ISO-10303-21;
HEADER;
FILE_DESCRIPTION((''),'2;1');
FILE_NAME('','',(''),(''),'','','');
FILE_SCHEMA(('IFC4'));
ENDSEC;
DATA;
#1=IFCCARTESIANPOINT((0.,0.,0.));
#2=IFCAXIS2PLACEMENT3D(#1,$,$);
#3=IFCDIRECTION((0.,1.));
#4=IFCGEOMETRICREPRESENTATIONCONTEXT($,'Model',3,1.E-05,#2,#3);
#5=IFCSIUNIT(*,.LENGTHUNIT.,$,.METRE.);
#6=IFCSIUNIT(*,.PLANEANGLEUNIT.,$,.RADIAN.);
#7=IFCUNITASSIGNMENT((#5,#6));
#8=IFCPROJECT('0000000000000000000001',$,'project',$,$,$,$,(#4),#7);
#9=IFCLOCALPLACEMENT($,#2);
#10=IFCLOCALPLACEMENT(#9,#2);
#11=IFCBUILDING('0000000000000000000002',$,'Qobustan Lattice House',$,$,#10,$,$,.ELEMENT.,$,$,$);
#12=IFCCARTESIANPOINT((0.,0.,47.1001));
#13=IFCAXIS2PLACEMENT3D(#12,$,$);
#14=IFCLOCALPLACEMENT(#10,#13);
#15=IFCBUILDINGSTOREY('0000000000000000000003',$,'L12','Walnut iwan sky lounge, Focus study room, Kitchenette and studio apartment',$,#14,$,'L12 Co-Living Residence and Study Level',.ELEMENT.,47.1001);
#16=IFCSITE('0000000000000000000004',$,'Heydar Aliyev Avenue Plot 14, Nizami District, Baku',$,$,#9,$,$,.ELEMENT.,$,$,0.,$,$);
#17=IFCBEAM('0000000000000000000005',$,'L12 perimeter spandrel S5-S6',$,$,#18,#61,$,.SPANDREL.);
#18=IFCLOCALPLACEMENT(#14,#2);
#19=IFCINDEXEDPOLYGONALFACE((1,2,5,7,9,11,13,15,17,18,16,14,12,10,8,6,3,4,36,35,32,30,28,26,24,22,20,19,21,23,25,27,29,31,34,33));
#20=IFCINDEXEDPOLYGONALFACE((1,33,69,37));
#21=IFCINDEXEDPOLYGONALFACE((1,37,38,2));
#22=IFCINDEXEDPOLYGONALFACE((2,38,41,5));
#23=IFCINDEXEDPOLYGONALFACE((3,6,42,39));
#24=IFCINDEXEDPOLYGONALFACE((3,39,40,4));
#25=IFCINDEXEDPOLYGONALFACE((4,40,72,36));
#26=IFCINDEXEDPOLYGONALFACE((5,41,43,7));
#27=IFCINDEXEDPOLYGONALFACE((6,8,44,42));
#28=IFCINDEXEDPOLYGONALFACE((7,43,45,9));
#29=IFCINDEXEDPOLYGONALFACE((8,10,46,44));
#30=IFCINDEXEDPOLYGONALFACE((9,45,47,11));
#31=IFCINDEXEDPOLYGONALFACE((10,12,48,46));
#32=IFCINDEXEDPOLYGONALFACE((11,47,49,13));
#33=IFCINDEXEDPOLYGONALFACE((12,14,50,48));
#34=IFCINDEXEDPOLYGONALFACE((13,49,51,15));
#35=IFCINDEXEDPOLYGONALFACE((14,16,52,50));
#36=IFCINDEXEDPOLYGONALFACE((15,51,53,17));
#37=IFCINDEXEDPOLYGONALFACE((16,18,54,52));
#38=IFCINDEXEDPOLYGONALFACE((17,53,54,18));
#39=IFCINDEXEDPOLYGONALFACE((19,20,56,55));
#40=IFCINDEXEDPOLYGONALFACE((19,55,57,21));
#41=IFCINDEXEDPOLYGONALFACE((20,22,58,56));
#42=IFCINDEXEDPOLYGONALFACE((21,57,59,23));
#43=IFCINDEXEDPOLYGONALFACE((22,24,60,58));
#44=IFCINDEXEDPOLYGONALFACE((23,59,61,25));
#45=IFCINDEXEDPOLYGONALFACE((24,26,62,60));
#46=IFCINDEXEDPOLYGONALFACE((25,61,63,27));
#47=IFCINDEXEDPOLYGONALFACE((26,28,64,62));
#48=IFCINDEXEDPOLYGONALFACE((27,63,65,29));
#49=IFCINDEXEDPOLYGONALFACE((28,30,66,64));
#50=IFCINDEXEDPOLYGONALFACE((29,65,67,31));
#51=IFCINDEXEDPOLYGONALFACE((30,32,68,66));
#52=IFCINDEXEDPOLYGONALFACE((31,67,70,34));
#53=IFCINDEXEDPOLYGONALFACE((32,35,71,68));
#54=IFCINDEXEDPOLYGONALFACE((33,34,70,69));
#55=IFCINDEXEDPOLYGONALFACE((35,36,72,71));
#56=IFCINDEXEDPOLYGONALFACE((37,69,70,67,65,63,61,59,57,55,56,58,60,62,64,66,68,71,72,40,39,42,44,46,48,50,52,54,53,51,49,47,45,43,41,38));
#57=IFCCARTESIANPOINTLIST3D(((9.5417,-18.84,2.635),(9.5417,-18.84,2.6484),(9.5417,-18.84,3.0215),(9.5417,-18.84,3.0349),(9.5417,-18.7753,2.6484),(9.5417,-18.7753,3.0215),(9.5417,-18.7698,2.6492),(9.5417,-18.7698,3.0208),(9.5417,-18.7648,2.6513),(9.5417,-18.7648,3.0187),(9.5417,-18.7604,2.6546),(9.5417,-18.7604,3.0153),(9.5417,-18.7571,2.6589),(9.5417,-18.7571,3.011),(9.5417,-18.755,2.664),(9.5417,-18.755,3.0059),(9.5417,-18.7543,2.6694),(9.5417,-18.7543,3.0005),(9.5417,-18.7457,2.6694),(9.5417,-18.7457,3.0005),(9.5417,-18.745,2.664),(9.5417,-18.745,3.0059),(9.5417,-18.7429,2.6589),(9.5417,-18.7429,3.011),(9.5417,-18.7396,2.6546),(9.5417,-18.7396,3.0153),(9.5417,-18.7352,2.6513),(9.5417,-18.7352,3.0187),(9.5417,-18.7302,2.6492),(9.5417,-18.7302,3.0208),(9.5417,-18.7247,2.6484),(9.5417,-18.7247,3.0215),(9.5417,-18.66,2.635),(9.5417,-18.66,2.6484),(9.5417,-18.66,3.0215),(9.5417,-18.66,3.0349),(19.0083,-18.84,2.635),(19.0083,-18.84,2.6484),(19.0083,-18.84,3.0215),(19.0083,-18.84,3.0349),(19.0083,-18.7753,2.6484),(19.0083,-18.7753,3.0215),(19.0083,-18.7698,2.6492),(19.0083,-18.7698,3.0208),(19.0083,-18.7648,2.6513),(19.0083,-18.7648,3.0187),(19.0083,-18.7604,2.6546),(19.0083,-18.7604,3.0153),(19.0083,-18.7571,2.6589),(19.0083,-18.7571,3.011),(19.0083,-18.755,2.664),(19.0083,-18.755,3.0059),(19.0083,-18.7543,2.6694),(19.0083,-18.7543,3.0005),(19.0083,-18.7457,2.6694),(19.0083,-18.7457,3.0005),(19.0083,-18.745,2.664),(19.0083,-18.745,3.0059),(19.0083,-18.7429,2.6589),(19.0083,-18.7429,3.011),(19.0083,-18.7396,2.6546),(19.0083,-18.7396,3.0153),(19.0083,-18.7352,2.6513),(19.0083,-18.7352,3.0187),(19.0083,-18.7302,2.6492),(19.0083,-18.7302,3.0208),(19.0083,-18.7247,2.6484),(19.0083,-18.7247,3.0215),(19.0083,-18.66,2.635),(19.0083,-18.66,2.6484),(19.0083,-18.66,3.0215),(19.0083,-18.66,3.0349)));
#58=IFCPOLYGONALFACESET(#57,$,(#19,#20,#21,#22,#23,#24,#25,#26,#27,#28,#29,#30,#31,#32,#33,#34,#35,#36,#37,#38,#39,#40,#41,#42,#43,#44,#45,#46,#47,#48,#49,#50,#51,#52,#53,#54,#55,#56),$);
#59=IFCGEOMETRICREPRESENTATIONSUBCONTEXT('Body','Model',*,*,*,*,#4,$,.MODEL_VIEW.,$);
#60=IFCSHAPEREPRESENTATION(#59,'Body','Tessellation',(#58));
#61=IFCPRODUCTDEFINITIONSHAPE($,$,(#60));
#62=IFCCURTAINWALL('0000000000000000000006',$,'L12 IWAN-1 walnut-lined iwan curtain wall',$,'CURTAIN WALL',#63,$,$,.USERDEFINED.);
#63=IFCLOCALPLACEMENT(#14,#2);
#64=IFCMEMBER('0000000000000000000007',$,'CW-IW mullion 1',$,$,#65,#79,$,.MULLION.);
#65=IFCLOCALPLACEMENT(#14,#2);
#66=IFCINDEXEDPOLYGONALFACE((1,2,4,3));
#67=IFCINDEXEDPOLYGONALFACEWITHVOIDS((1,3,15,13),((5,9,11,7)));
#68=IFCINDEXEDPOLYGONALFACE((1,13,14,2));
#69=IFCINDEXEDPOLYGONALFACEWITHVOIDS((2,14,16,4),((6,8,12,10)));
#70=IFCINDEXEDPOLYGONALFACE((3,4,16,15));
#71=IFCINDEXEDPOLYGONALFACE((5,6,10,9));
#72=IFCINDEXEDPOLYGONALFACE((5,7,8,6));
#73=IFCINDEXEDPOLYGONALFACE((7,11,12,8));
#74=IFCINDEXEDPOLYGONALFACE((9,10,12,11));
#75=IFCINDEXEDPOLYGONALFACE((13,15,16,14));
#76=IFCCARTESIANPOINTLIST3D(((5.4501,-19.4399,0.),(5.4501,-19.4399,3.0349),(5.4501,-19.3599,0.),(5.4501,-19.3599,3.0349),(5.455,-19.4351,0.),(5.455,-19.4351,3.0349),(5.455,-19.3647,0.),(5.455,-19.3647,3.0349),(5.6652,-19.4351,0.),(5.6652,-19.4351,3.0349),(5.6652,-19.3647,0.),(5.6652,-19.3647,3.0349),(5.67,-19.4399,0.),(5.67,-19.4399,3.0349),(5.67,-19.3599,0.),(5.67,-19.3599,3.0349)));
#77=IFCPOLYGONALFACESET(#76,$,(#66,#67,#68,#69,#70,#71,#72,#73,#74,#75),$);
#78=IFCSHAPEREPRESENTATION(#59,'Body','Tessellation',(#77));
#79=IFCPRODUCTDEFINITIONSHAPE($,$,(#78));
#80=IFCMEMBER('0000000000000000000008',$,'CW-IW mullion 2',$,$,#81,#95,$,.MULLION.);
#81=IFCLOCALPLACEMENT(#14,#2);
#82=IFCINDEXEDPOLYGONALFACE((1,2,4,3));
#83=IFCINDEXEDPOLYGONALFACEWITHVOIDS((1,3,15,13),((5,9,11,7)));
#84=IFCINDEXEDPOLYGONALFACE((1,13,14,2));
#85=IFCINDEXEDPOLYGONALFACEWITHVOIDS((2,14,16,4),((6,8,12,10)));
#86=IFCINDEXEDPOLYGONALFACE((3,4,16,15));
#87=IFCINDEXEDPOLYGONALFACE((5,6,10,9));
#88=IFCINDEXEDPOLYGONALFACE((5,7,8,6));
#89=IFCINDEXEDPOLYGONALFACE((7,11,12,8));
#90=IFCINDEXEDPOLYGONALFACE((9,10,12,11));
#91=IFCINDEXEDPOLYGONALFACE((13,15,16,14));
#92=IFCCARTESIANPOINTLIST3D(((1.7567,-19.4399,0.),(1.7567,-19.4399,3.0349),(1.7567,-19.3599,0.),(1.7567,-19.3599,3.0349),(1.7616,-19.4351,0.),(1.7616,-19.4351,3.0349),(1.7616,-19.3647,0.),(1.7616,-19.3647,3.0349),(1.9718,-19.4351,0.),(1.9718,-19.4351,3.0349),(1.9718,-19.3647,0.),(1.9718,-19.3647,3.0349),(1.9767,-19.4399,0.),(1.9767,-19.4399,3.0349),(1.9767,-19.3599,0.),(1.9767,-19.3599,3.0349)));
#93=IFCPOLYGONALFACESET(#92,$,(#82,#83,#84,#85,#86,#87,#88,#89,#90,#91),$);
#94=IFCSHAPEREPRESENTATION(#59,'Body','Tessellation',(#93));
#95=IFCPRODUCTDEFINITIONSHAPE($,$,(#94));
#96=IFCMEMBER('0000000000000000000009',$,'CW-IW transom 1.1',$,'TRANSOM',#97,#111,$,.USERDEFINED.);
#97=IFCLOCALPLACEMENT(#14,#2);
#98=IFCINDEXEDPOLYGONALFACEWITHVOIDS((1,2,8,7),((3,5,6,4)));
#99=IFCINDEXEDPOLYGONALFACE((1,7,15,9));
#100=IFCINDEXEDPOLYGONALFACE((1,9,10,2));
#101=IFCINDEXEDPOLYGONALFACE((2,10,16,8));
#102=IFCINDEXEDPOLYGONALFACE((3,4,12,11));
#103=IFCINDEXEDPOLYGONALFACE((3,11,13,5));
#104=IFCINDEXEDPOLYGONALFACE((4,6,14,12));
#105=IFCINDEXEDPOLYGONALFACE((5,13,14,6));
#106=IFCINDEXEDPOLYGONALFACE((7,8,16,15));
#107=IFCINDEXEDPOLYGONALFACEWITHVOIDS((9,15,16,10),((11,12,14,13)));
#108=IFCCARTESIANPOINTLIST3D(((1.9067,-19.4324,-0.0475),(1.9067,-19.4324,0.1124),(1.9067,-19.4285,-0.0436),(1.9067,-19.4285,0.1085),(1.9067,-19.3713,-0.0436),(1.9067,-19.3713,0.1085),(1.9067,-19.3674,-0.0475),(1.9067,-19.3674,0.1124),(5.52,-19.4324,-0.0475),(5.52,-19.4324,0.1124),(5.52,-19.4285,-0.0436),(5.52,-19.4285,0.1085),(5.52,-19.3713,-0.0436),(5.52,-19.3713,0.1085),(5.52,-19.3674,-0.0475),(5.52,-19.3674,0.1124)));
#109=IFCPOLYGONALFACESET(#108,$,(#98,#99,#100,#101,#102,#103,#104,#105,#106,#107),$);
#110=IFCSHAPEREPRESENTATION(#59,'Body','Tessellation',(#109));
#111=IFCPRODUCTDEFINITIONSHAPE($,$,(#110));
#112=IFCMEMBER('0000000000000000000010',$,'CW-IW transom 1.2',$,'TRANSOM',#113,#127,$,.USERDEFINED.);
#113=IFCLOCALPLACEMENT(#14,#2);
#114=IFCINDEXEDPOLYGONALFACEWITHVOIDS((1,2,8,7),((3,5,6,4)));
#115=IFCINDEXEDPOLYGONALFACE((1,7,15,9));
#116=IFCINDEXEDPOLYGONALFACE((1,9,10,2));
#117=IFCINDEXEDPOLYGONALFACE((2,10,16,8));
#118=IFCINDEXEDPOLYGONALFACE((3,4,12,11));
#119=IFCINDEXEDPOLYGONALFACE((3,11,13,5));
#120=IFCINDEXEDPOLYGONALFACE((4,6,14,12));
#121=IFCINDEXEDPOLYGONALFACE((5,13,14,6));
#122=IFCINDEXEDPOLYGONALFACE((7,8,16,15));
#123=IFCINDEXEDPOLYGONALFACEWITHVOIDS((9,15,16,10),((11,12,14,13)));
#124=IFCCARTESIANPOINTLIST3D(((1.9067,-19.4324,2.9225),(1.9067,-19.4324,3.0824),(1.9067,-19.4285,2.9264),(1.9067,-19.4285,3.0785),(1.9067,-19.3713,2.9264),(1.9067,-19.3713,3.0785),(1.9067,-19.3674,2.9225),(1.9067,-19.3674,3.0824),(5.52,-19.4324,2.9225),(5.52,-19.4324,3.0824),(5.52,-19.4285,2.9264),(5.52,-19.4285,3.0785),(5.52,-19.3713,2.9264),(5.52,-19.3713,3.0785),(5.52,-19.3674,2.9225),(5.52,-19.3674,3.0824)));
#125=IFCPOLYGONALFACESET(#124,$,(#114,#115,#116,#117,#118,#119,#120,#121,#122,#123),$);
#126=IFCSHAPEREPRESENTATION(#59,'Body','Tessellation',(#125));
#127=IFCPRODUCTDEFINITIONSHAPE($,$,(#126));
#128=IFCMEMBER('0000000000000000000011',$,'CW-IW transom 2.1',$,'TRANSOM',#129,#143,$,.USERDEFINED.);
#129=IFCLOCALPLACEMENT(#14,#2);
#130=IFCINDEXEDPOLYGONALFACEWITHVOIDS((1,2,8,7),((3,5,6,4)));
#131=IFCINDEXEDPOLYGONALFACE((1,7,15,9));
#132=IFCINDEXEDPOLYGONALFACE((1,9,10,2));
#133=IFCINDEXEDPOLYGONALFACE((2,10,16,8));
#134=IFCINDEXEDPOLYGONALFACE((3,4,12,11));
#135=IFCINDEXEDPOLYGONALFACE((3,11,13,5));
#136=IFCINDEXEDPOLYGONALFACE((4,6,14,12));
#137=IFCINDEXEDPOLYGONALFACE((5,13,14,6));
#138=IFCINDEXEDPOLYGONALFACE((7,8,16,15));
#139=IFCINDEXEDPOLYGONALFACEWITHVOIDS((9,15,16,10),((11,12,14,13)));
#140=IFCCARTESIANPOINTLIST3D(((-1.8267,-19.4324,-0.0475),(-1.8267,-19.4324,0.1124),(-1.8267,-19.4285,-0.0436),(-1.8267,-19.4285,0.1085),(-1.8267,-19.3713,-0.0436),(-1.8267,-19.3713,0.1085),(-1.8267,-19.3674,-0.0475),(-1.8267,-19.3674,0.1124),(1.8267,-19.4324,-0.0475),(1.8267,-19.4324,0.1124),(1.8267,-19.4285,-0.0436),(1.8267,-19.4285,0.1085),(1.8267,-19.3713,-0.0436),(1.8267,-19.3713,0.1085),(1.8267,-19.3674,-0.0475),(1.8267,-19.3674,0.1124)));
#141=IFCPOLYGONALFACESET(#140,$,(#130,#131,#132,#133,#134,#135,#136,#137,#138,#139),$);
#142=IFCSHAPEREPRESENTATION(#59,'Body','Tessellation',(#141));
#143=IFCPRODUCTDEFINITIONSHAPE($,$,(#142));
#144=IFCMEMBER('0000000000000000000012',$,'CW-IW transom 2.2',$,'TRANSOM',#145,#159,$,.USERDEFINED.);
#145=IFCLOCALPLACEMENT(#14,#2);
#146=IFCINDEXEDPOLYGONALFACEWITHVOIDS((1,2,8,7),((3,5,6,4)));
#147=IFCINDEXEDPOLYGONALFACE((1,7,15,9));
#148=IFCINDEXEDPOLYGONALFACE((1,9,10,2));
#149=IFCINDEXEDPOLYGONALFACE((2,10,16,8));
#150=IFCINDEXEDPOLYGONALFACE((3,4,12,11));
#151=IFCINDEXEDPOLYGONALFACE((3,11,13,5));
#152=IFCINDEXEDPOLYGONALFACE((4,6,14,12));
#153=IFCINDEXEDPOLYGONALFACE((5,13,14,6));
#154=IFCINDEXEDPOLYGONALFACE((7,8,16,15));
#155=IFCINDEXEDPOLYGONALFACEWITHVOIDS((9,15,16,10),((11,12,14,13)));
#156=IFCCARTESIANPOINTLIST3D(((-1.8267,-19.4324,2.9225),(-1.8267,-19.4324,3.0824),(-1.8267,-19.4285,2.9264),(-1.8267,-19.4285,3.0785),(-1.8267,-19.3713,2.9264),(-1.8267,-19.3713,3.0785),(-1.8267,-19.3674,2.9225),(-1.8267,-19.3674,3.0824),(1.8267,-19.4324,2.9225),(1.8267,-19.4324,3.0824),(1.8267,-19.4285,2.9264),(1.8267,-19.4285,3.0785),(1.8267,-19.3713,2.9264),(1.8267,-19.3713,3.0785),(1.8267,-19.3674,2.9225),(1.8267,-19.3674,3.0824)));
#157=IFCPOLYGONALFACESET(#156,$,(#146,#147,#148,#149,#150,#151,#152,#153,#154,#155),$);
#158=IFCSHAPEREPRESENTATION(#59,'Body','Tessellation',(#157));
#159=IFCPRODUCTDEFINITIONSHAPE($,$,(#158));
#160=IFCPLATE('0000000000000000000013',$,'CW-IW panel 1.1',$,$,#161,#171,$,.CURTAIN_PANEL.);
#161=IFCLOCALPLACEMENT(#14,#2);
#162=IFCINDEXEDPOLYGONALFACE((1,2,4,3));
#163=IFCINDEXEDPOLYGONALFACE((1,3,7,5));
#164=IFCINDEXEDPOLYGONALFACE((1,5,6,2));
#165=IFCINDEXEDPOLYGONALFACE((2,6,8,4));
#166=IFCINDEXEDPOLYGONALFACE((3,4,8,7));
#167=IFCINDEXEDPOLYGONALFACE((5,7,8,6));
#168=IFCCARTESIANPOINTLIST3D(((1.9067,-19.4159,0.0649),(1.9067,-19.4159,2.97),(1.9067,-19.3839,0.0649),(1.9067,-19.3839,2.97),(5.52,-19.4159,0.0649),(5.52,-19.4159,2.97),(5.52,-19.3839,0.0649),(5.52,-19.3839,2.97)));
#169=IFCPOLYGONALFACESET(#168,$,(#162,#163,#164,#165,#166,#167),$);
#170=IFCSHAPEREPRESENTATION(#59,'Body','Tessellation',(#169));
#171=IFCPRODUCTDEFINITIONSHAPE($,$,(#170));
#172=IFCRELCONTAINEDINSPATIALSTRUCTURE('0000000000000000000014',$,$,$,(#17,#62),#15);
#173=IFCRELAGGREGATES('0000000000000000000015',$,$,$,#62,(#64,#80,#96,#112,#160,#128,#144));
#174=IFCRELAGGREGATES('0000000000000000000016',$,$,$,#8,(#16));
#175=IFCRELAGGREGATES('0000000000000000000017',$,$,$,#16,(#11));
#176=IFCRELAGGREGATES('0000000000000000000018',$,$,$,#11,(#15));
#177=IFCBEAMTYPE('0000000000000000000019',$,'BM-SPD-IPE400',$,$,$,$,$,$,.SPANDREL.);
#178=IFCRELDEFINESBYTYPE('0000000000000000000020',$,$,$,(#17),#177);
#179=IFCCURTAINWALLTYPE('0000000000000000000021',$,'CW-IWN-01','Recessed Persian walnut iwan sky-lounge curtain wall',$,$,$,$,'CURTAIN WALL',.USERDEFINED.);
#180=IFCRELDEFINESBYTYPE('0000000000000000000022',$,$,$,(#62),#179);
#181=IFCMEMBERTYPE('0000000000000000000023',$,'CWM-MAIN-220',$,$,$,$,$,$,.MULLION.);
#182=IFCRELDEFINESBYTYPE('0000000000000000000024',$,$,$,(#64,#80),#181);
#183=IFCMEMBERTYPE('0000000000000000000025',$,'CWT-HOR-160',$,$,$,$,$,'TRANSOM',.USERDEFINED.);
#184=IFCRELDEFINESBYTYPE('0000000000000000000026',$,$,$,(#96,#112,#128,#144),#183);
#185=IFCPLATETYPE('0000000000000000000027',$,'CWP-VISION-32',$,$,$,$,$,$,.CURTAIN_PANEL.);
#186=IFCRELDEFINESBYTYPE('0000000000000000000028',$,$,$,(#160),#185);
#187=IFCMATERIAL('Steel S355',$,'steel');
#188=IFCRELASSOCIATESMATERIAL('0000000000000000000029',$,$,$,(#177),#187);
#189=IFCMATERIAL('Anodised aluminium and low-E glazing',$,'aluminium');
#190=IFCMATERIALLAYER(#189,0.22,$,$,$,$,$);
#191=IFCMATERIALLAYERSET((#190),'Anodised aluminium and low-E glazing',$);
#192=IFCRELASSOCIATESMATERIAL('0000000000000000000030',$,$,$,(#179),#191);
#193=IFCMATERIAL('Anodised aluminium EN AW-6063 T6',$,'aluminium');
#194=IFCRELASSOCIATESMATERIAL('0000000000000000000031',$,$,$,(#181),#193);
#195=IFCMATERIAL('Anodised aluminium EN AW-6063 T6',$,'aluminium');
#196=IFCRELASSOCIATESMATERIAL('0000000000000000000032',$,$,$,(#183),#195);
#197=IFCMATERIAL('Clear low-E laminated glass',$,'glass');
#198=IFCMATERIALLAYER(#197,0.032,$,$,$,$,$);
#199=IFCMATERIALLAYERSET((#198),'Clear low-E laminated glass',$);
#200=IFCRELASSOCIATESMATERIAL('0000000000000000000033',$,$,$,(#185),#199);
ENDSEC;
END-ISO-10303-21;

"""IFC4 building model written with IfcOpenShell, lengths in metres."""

from ifc_helpers import new_model, si_unit, direction, frame, origin, origin_2d, place, context, subcontext, project, spatial, rectangle, hollow_rectangle, i_section, extrude, material, layer, layer_set, material_profile, profile_set, type_object, element, aggregate, save


model = new_model("IFC4")

# Units and contexts
model_context = context("Model", 3, precision=1e-05, world=origin(), true_north=direction((0.0, 1.0)))
body_context = subcontext(model_context, "Body", "Model", "MODEL_VIEW")
ifc_project = project(units=[si_unit("LENGTHUNIT", "METRE"), si_unit("PLANEANGLEUNIT", "RADIAN")], contexts=[model_context])

# Site, building, storey
site_placement = place(None, origin())
site = spatial("IfcSite", under=ifc_project, at=site_placement, Name="Heydar Aliyev Avenue Plot 14, Nizami District, Baku", CompositionType="ELEMENT", RefElevation=0.0)
building_placement = place(site_placement, origin())
building = spatial("IfcBuilding", under=site, at=building_placement, Name="Qobustan Lattice House", CompositionType="ELEMENT")
storey_placement = place(building_placement, frame((0.0, 0.0, 47.1001)))
storey = spatial("IfcBuildingStorey", under=building, at=storey_placement, Name="L12", Description="Walnut iwan sky lounge, Focus study room, Kitchenette and studio apartment", LongName="L12 Co-Living Residence and Study Level", CompositionType="ELEMENT", Elevation=47.1001)

# Beam
ifc_material_1 = material(Name="Steel S355", Category="steel")
ifc_material_profile_1 = material_profile(ifc_material_1, i_section(OverallWidth=0.1799, OverallDepth=0.3999, WebThickness=0.0085, FlangeThickness=0.0134, FilletRadius=0.021, at=origin_2d()), Name="IPE400")
ifc_profile_set_1 = profile_set([ifc_material_profile_1], Name="Steel S355")
beam_type_1 = type_object("IfcBeamType", Name="BM-SPD-IPE400", PredefinedType="SPANDREL", material=ifc_profile_set_1)
beam_1_placement = place(storey_placement, frame((9.5417, -18.75, 2.835), z_axis=(1.0, 0.0, 0.0), x_axis=(0.0, 1.0, 0.0)))
element("IfcBeam", 1, at=beam_1_placement, inside=storey, type_object=beam_type_1, Name="L12 perimeter spandrel S5-S6", PredefinedType="SPANDREL", context=body_context, shape_type="SweptSolid", body=[
    extrude(i_section(OverallWidth=0.1799, OverallDepth=0.3999, WebThickness=0.0085, FlangeThickness=0.0134, FilletRadius=0.021, at=origin_2d()), origin(), (0.0, 0.0, 1.0), 9.4666),
])

# Curtain wall, members, plate
ifc_material_2 = material(Name="Anodised aluminium and low-E glazing", Category="aluminium")
ifc_layer_1 = layer(ifc_material_2, 0.22)
ifc_layer_set_1 = layer_set([ifc_layer_1], Name="Anodised aluminium and low-E glazing")
curtain_wall_type = type_object("IfcCurtainWallType", Name="CW-IWN-01", Description="Recessed Persian walnut iwan sky-lounge curtain wall", ElementType="CURTAIN WALL", PredefinedType="USERDEFINED", material=ifc_layer_set_1)
curtain_wall_placement = place(storey_placement, origin())
curtain_wall = element("IfcCurtainWall", 2, at=curtain_wall_placement, inside=storey, type_object=curtain_wall_type, Name="L12 IWAN-1 walnut-lined iwan curtain wall", ObjectType="CURTAIN WALL", PredefinedType="USERDEFINED")
ifc_material_3 = material(Name="Anodised aluminium EN AW-6063 T6", Category="aluminium")
ifc_material_profile_2 = material_profile(ifc_material_3, hollow_rectangle(XDim=0.0801, YDim=0.22, WallThickness=0.0049, at=origin_2d()), Name="CWM-220x80")
ifc_profile_set_2 = profile_set([ifc_material_profile_2], Name="Anodised aluminium EN AW-6063 T6")
member_type_1 = type_object("IfcMemberType", Name="CWM-MAIN-220", PredefinedType="MULLION", material=ifc_profile_set_2)
member_1_placement = place(storey_placement, frame((5.5601, -19.3999, 0.0), z_axis=(0.0, 0.0, 1.0), x_axis=(0.0, -1.0, 0.0)))
member_1 = element("IfcMember", 3, at=member_1_placement, type_object=member_type_1, Name="CW-IW mullion 1", PredefinedType="MULLION", context=body_context, shape_type="SweptSolid", body=[
    extrude(hollow_rectangle(XDim=0.0801, YDim=0.22, WallThickness=0.0049, at=origin_2d()), origin(), (0.0, 0.0, 1.0), 3.0349),
])
member_2_placement = place(storey_placement, frame((1.8667, -19.3999, 0.0), z_axis=(0.0, 0.0, 1.0), x_axis=(0.0, -1.0, 0.0)))
member_2 = element("IfcMember", 4, at=member_2_placement, type_object=member_type_1, Name="CW-IW mullion 2", PredefinedType="MULLION", context=body_context, shape_type="SweptSolid", body=[
    extrude(hollow_rectangle(XDim=0.0801, YDim=0.22, WallThickness=0.0049, at=origin_2d()), origin(), (0.0, 0.0, 1.0), 3.0349),
])
ifc_material_4 = material(Name="Anodised aluminium EN AW-6063 T6", Category="aluminium")
ifc_material_profile_3 = material_profile(ifc_material_4, hollow_rectangle(XDim=0.0649, YDim=0.1599, WallThickness=0.0039, at=origin_2d()), Name="CWT-160x65")
ifc_profile_set_3 = profile_set([ifc_material_profile_3], Name="Anodised aluminium EN AW-6063 T6")
member_type_2 = type_object("IfcMemberType", Name="CWT-HOR-160", ElementType="TRANSOM", PredefinedType="USERDEFINED", material=ifc_profile_set_3)
member_3_placement = place(storey_placement, frame((5.52, -19.3999, 0.0325), z_axis=(-1.0, 0.0, 0.0), x_axis=(0.0, -1.0, 0.0)))
member_3 = element("IfcMember", 5, at=member_3_placement, type_object=member_type_2, Name="CW-IW transom 1.1", ObjectType="TRANSOM", PredefinedType="USERDEFINED", context=body_context, shape_type="SweptSolid", body=[
    extrude(hollow_rectangle(XDim=0.0649, YDim=0.1599, WallThickness=0.0039, at=origin_2d()), origin(), (0.0, 0.0, 1.0), 3.6133),
])
member_4_placement = place(storey_placement, frame((5.52, -19.3999, 3.0024), z_axis=(-1.0, 0.0, 0.0), x_axis=(0.0, -1.0, 0.0)))
member_4 = element("IfcMember", 6, at=member_4_placement, type_object=member_type_2, Name="CW-IW transom 1.2", ObjectType="TRANSOM", PredefinedType="USERDEFINED", context=body_context, shape_type="SweptSolid", body=[
    extrude(hollow_rectangle(XDim=0.0649, YDim=0.1599, WallThickness=0.0039, at=origin_2d()), origin(), (0.0, 0.0, 1.0), 3.6133),
])
member_5_placement = place(storey_placement, frame((1.8267, -19.3999, 0.0325), z_axis=(-1.0, 0.0, 0.0), x_axis=(0.0, -1.0, 0.0)))
member_5 = element("IfcMember", 7, at=member_5_placement, type_object=member_type_2, Name="CW-IW transom 2.1", ObjectType="TRANSOM", PredefinedType="USERDEFINED", context=body_context, shape_type="SweptSolid", body=[
    extrude(hollow_rectangle(XDim=0.0649, YDim=0.1599, WallThickness=0.0039, at=origin_2d()), origin(), (0.0, 0.0, 1.0), 3.6533),
])
member_6_placement = place(storey_placement, frame((1.8267, -19.3999, 3.0024), z_axis=(-1.0, 0.0, 0.0), x_axis=(0.0, -1.0, 0.0)))
member_6 = element("IfcMember", 8, at=member_6_placement, type_object=member_type_2, Name="CW-IW transom 2.2", ObjectType="TRANSOM", PredefinedType="USERDEFINED", context=body_context, shape_type="SweptSolid", body=[
    extrude(hollow_rectangle(XDim=0.0649, YDim=0.1599, WallThickness=0.0039, at=origin_2d()), origin(), (0.0, 0.0, 1.0), 3.6533),
])
ifc_material_5 = material(Name="Clear low-E laminated glass", Category="glass")
ifc_layer_2 = layer(ifc_material_5, 0.032)
ifc_layer_set_2 = layer_set([ifc_layer_2], Name="Clear low-E laminated glass")
plate_type = type_object("IfcPlateType", Name="CWP-VISION-32", PredefinedType="CURTAIN_PANEL", material=ifc_layer_set_2)
plate_placement = place(storey_placement, frame((3.7134, -19.3999, 0.0649), z_axis=(0.0, 0.0, 1.0), x_axis=(-1.0, 0.0, 0.0)))
plate = element("IfcPlate", 9, at=plate_placement, type_object=plate_type, Name="CW-IW panel 1.1", PredefinedType="CURTAIN_PANEL", context=body_context, shape_type="SweptSolid", body=[
    extrude(rectangle(XDim=3.6133, YDim=0.032, at=origin_2d()), origin(), (0.0, 0.0, 1.0), 2.905),
])
aggregate(curtain_wall, [member_1, member_2, member_3, member_4, plate, member_5, member_6])

save(model, "model.ifc")
